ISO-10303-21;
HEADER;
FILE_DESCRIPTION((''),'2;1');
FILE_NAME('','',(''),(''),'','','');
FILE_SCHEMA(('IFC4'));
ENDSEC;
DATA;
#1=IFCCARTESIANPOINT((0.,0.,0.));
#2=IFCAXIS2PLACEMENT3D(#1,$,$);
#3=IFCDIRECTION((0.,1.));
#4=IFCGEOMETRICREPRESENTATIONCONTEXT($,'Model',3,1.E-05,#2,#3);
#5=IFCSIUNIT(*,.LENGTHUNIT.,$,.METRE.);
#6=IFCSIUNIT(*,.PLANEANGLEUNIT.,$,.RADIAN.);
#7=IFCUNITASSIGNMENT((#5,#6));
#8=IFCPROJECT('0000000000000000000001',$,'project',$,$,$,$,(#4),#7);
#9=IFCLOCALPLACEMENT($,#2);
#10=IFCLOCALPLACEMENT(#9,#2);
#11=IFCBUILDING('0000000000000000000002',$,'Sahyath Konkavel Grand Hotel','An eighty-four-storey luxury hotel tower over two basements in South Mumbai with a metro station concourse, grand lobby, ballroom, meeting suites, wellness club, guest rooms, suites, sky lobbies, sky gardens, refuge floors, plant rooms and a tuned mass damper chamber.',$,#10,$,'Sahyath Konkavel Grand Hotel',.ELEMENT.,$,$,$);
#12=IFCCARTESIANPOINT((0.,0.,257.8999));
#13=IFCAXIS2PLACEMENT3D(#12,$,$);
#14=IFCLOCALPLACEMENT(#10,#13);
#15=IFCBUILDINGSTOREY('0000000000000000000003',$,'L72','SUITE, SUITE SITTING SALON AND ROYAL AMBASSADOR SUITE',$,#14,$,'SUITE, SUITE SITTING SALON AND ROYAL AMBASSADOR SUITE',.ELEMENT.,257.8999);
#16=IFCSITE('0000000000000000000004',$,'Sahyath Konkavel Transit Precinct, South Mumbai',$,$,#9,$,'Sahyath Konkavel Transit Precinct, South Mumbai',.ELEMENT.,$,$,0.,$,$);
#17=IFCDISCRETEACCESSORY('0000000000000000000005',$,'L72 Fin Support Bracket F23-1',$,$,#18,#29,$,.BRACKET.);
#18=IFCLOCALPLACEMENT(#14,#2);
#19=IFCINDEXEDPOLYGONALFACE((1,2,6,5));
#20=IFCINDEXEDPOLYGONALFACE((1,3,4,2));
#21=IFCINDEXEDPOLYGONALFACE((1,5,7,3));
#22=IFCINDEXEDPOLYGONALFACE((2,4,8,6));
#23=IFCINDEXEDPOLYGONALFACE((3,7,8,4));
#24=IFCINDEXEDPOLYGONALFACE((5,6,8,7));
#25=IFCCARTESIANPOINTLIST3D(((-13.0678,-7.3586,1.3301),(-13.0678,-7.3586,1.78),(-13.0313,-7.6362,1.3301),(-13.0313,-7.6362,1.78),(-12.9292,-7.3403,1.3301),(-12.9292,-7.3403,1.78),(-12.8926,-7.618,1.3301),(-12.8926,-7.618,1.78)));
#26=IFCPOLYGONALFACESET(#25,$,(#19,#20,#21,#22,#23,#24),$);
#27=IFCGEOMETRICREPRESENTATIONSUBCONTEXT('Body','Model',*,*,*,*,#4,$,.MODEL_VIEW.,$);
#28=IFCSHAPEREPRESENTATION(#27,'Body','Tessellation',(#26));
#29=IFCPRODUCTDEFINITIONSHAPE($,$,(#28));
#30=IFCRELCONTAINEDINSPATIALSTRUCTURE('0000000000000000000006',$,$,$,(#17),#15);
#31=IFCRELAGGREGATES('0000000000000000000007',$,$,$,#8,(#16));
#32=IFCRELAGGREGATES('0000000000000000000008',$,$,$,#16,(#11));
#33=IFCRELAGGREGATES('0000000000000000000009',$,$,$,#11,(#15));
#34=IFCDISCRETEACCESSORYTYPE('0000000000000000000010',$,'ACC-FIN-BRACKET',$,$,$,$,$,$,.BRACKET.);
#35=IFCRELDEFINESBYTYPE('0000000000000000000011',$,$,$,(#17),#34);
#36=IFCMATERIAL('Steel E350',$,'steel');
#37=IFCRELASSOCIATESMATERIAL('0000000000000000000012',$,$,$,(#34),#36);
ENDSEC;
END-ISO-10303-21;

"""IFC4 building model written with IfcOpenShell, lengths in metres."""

from ifc_helpers import new_model, si_unit, direction, frame, origin, origin_2d, place, context, subcontext, project, spatial, rectangle, extrude, source, transform, mapped, material, type_object, element, save


model = new_model("IFC4")

# Units and contexts
model_context = context("Model", 3, precision=1e-05, world=origin(), true_north=direction((0.0, 1.0)))
body_context = subcontext(model_context, "Body", "Model", "MODEL_VIEW")
ifc_project = project(units=[si_unit("LENGTHUNIT", "METRE"), si_unit("PLANEANGLEUNIT", "RADIAN")], contexts=[model_context])

# Site, building, storey
site_placement = place(None, origin())
site = spatial("IfcSite", under=ifc_project, at=site_placement, Name="Sahyath Konkavel Transit Precinct, South Mumbai", LongName="Sahyath Konkavel Transit Precinct, South Mumbai", CompositionType="ELEMENT", RefElevation=0.0)
building_placement = place(site_placement, origin())
building = spatial("IfcBuilding", under=site, at=building_placement, Name="Sahyath Konkavel Grand Hotel", Description="An eighty-four-storey luxury hotel tower over two basements in South Mumbai with a metro station concourse, grand lobby, ballroom, meeting suites, wellness club, guest rooms, suites, sky lobbies, sky gardens, refuge floors, plant rooms and a tuned mass damper chamber.", LongName="Sahyath Konkavel Grand Hotel", CompositionType="ELEMENT")
storey_placement = place(building_placement, frame((0.0, 0.0, 257.8999)))
storey = spatial("IfcBuildingStorey", under=building, at=storey_placement, Name="L72", Description="SUITE, SUITE SITTING SALON AND ROYAL AMBASSADOR SUITE", LongName="SUITE, SUITE SITTING SALON AND ROYAL AMBASSADOR SUITE", CompositionType="ELEMENT", Elevation=257.8999)

# Shared definitions
ifc_material_1 = material(Name="Steel E350", Category="steel")

# Discrete accessory
discrete_accessory_type = type_object("IfcDiscreteAccessoryType", Name="ACC-FIN-BRACKET", PredefinedType="BRACKET", material=ifc_material_1)
shared_shape_1 = source(origin(), body_context, "Body", "SweptSolid", [
    extrude(rectangle(XDim=0.28, YDim=0.1399, at=origin_2d()), origin(), (0.0, 0.0, 1.0), 0.45),
])
discrete_accessory_placement = place(storey_placement, frame((-12.9802, -7.4883, 1.3301), z_axis=(0.0, 0.0, 1.0), x_axis=(0.130526, -0.991445, 0.0)))
element("IfcDiscreteAccessory", 1, at=discrete_accessory_placement, inside=storey, type_object=discrete_accessory_type, Name="L72 Fin Support Bracket F23-1", PredefinedType="BRACKET", context=body_context, shape_type="MappedRepresentation", body=[
    mapped(shared_shape_1, transform((0.0, 0.0, 0.0), scale=1.0)),
])

save(model, "model.ifc")
